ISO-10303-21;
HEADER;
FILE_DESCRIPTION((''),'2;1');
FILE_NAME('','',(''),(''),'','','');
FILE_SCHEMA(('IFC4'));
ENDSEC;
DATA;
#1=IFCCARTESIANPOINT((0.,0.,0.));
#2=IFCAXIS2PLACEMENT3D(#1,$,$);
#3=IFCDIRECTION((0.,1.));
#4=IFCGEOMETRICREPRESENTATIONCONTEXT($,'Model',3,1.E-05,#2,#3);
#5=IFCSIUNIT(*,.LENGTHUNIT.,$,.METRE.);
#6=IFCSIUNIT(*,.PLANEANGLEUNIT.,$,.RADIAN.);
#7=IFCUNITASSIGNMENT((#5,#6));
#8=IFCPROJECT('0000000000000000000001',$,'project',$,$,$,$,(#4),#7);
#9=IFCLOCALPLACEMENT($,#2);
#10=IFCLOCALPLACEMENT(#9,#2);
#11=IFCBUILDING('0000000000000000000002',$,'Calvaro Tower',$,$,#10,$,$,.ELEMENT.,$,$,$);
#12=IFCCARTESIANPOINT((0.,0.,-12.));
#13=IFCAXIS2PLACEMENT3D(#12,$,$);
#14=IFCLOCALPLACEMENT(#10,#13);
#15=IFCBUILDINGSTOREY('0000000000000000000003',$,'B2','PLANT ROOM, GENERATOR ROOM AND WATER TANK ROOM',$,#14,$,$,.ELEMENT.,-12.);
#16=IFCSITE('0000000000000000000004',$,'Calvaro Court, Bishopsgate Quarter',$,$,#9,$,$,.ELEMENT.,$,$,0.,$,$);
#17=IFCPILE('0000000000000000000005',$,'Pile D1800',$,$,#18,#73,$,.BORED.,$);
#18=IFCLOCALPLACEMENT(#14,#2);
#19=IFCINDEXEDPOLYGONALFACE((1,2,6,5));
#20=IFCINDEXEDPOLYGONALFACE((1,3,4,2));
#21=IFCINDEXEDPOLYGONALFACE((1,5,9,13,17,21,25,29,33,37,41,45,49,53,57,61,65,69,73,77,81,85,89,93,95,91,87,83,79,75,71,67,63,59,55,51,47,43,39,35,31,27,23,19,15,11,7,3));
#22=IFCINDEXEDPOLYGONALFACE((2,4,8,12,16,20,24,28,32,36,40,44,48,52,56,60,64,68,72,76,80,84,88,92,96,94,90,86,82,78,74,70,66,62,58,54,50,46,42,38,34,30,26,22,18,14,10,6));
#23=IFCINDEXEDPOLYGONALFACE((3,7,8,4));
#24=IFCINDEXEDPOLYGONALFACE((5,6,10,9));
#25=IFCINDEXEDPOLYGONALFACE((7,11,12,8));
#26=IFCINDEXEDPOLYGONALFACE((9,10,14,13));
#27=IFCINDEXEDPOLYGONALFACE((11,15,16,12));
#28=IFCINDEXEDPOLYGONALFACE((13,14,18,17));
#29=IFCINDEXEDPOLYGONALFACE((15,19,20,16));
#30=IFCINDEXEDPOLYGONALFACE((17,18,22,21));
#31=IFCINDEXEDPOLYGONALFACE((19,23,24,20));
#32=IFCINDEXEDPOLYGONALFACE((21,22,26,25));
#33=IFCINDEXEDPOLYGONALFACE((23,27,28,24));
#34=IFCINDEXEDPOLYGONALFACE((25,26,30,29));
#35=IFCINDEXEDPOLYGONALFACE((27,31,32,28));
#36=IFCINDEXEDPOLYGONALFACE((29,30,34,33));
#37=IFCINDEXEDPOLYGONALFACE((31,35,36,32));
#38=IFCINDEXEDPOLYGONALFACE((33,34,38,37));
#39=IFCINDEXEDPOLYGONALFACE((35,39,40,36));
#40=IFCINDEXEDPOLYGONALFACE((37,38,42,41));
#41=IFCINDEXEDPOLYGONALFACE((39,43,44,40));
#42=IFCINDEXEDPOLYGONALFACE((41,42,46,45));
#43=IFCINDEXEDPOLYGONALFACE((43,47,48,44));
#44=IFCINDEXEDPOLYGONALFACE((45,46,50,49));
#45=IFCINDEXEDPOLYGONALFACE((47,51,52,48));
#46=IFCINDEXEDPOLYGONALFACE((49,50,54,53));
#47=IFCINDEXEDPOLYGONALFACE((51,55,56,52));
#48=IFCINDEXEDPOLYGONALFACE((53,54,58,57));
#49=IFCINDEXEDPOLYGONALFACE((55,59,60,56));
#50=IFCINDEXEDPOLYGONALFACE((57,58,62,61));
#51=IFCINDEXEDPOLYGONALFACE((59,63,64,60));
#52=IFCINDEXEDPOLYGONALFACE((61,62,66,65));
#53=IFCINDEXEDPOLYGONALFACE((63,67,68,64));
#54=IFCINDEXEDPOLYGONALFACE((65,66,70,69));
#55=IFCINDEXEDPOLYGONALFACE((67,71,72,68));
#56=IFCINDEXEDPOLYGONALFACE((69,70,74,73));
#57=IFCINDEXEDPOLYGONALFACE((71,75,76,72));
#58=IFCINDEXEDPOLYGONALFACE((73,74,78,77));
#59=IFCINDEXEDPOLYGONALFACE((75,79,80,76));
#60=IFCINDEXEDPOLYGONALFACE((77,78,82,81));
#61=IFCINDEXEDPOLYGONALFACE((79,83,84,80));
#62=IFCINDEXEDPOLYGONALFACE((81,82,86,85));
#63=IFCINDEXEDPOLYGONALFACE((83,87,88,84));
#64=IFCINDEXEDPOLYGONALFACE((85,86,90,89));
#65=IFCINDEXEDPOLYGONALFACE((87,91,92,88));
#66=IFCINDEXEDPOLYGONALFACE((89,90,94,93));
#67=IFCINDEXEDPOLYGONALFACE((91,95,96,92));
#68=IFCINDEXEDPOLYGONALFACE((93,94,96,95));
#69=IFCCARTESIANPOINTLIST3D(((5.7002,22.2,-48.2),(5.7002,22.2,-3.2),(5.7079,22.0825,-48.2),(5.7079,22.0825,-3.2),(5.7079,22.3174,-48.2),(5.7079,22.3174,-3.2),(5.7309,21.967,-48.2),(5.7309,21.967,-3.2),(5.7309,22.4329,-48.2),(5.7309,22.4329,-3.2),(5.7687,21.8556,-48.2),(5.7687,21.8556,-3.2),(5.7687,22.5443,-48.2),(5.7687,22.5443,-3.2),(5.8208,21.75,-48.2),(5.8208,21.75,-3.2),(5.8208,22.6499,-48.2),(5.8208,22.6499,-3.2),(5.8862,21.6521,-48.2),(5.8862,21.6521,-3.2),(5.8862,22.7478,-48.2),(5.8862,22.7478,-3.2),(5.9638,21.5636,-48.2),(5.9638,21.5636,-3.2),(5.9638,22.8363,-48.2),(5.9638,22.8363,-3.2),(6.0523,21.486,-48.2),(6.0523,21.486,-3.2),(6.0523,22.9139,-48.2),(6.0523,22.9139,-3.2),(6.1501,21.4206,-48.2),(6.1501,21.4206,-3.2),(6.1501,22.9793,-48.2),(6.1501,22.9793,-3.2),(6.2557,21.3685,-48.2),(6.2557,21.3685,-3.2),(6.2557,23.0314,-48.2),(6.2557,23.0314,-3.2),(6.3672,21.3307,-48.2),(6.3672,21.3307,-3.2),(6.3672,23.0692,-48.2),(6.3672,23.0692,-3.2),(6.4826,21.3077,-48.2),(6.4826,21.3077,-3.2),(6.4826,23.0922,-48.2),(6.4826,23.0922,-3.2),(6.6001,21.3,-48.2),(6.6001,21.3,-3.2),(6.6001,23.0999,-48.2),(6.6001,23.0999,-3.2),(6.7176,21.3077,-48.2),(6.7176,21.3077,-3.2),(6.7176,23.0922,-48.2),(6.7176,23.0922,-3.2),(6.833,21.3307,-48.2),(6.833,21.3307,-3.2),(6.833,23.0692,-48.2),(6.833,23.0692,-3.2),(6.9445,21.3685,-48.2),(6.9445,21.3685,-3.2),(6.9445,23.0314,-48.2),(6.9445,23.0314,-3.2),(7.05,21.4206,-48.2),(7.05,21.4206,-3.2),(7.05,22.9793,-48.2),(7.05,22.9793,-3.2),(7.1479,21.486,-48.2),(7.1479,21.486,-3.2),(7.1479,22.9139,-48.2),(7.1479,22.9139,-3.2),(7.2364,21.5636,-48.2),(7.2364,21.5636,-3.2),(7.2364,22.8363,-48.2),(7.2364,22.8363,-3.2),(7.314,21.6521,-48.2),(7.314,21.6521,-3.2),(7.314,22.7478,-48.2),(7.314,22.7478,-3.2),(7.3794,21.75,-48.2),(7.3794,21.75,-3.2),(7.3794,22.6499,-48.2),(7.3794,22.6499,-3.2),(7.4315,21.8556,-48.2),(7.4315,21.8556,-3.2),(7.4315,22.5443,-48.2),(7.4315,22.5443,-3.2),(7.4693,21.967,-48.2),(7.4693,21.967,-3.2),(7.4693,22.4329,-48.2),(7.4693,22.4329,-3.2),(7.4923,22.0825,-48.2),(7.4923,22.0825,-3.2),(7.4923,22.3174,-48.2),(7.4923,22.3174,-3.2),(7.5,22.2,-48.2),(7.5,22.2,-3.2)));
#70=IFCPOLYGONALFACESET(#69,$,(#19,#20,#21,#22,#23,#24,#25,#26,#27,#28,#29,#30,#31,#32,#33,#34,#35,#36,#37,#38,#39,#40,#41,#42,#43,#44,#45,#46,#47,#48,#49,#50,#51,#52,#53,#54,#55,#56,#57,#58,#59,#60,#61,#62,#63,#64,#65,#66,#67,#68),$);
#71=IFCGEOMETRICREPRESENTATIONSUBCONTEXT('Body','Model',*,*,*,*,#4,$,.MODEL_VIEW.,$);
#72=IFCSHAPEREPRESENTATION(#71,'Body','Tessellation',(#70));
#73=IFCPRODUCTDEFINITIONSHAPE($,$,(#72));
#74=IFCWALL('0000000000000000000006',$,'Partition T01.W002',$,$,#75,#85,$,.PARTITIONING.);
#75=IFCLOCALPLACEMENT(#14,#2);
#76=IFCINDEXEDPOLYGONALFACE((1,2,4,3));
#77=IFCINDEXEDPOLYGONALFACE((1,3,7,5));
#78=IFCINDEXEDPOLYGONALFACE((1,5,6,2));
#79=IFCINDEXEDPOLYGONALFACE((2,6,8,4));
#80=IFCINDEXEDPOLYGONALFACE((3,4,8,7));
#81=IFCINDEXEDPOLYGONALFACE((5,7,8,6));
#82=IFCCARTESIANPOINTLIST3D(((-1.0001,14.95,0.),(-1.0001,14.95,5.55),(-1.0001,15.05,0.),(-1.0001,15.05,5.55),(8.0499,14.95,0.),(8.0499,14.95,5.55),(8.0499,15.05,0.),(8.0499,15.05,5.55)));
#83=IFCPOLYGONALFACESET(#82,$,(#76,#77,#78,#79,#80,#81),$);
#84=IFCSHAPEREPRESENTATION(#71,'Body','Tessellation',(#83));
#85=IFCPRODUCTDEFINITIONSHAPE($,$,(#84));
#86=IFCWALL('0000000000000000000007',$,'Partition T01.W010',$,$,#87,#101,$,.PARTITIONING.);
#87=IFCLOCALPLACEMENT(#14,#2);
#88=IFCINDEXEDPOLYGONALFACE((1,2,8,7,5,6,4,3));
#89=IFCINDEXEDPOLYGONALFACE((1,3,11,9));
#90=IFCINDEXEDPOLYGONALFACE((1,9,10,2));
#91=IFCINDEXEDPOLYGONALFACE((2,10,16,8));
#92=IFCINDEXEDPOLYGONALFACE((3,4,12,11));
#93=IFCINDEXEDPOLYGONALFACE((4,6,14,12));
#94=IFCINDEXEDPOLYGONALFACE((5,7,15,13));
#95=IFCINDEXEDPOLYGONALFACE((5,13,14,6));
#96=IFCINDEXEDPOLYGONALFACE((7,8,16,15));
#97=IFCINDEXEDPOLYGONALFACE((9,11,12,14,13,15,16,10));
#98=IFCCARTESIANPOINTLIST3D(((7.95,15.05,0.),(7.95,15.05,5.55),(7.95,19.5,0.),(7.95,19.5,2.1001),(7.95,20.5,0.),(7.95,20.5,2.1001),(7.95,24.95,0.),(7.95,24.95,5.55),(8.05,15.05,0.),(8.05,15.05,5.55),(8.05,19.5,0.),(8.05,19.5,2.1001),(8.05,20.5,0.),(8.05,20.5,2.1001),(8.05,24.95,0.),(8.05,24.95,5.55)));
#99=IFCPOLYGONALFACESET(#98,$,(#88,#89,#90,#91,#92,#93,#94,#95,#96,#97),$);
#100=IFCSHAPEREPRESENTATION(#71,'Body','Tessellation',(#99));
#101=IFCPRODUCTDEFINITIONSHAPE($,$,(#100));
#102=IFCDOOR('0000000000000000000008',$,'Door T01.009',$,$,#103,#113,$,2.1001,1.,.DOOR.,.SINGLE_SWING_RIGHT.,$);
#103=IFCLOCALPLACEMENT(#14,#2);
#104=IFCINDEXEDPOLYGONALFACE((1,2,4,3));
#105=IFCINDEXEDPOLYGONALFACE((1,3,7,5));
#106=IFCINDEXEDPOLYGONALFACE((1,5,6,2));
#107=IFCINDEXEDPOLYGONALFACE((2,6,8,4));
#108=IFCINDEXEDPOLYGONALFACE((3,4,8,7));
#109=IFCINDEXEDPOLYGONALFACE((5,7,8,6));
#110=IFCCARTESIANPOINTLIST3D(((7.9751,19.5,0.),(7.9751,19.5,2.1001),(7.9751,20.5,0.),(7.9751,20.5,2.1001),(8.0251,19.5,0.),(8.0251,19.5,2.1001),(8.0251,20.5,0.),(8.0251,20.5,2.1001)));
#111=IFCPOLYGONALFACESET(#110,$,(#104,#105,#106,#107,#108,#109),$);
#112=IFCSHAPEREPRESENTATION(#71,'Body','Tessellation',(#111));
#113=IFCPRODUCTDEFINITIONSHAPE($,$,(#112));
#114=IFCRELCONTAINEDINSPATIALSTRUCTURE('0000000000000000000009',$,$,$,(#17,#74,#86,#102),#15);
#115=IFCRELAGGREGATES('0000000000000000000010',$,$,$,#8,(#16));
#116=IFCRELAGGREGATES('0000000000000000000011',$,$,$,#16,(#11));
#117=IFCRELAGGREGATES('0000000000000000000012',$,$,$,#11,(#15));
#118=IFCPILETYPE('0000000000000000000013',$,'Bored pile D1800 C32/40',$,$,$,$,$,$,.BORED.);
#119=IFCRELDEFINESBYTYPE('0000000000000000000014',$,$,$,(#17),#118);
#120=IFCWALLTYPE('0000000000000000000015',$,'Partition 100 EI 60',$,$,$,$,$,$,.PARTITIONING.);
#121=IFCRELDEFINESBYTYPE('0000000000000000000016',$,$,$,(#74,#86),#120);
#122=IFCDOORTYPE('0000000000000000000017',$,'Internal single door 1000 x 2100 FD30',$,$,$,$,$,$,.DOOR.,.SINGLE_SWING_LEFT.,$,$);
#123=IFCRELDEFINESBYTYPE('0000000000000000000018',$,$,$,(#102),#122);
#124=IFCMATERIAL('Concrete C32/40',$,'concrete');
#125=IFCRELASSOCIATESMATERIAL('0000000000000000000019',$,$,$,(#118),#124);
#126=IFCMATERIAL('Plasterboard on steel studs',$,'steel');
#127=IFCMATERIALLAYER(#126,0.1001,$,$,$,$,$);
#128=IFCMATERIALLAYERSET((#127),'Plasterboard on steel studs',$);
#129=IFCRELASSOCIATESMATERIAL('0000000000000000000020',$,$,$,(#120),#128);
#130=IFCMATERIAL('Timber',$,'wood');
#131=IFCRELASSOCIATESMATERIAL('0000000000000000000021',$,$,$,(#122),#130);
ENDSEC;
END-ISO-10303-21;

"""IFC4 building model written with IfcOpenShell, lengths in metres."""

from ifc_helpers import new_model, si_unit, direction, frame, frame_2d, origin, origin_2d, place, context, subcontext, project, spatial, rectangle, circle, extrude, material, layer, layer_set, material_profile, profile_set, type_object, element, fill, save


model = new_model("IFC4")

# Units and contexts
model_context = context("Model", 3, precision=1e-05, world=origin(), true_north=direction((0.0, 1.0)))
body_context = subcontext(model_context, "Body", "Model", "MODEL_VIEW")
ifc_project = project(units=[si_unit("LENGTHUNIT", "METRE"), si_unit("PLANEANGLEUNIT", "RADIAN")], contexts=[model_context])

# Site, building, storey
site_placement = place(None, origin())
site = spatial("IfcSite", under=ifc_project, at=site_placement, Name="Calvaro Court, Bishopsgate Quarter", CompositionType="ELEMENT", RefElevation=0.0)
building_placement = place(site_placement, origin())
building = spatial("IfcBuilding", under=site, at=building_placement, Name="Calvaro Tower", CompositionType="ELEMENT")
storey_placement = place(building_placement, frame((0.0, 0.0, -12.0)))
storey = spatial("IfcBuildingStorey", under=building, at=storey_placement, Name="B2", Description="PLANT ROOM, GENERATOR ROOM AND WATER TANK ROOM", CompositionType="ELEMENT", Elevation=-12.0)

# Pile
ifc_material_1 = material(Name="Concrete C32/40", Category="concrete")
ifc_material_profile = material_profile(ifc_material_1, circle(Radius=0.8999, at=origin_2d()), Name="Bored pile D1800")
ifc_profile_set = profile_set([ifc_material_profile], Name="Concrete C32/40")
pile_type = type_object("IfcPileType", Name="Bored pile D1800 C32/40", PredefinedType="BORED", material=ifc_profile_set)
for number, where, z_axis, x_axis, name in (
    (1, (6.6001, 22.2, -3.2), (0.0, 0.0, -1.0), (1.0, 0.0, 0.0), "Pile D1800"),
):
    element("IfcPile", number, at=place(storey_placement, frame(where, z_axis=z_axis, x_axis=x_axis)), inside=storey, type_object=pile_type, Name=name, PredefinedType="BORED", context=body_context, shape_type="SweptSolid", body=[
        extrude(circle(Radius=0.8999, at=origin_2d()), origin(), (0.0, 0.0, 1.0), 45.0),
    ])

# Wall
ifc_material_2 = material(Name="Plasterboard on steel studs", Category="steel")
ifc_layer_1 = layer(ifc_material_2, 0.1001)
ifc_layer_set_1 = layer_set([ifc_layer_1], Name="Plasterboard on steel studs")
wall_type_1 = type_object("IfcWallType", Name="Partition 100 EI 60", PredefinedType="PARTITIONING", material=ifc_layer_set_1)
wall_1_placement = place(storey_placement, frame((-1.0, 15.0, 0.0), z_axis=(0.0, 0.0, 1.0), x_axis=(1.0, 0.0, 0.0)))
element("IfcWall", 2, at=wall_1_placement, inside=storey, type_object=wall_type_1, Name="Partition T01.W002", PredefinedType="PARTITIONING", context=body_context, shape_type="SweptSolid", body=[
    extrude(rectangle(XDim=9.05, YDim=0.1001, at=frame_2d((4.5249, 0.0))), origin(), (0.0, 0.0, 1.0), 5.55),
])

# Wall, opening, door
wall_2_placement = place(storey_placement, frame((8.0, 15.05, 0.0), z_axis=(0.0, 0.0, 1.0), x_axis=(0.0, 1.0, 0.0)))
wall_2 = element("IfcWall", 3, at=wall_2_placement, inside=storey, type_object=wall_type_1, Name="Partition T01.W010", PredefinedType="PARTITIONING", context=body_context, shape_type="SweptSolid", body=[
    extrude(rectangle(XDim=9.8999, YDim=0.1001, at=frame_2d((4.95, 0.0))), origin(), (0.0, 0.0, 1.0), 5.55),
])
opening_1_placement = place(wall_2_placement, frame((4.45, 0.0, 0.0)))
opening_1 = element("IfcOpeningElement", 4, at=opening_1_placement, cuts=wall_2, PredefinedType="OPENING", context=body_context, shape_type="SweptSolid", body=[
    extrude(rectangle(XDim=1.0, YDim=2.1001, at=frame_2d((0.5, 1.05))), frame((0.0, 0.0601, 0.0), z_axis=(0.0, -1.0, 0.0), x_axis=(1.0, 0.0, 0.0)), (0.0, 0.0, 1.0), 0.1201),
])
ifc_material_3 = material(Name="Timber", Category="wood")
door_type_1 = type_object("IfcDoorType", Name="Internal single door 1000 x 2100 FD30", OperationType="SINGLE_SWING_LEFT", PredefinedType="DOOR", material=ifc_material_3)
door_1_placement = place(opening_1_placement, origin())
door_1 = element("IfcDoor", 5, at=door_1_placement, inside=storey, type_object=door_type_1, Name="Door T01.009", OperationType="SINGLE_SWING_RIGHT", OverallHeight=2.1001, OverallWidth=1.0, PredefinedType="DOOR", context=body_context, shape_type="SweptSolid", body=[
    extrude(rectangle(XDim=1.0, YDim=2.1001, at=frame_2d((0.5, 1.05))), frame((0.0, 0.0249, 0.0), z_axis=(0.0, -1.0, 0.0), x_axis=(1.0, 0.0, 0.0)), (0.0, 0.0, 1.0), 0.05),
])
fill(opening_1, door_1)

save(model, "model.ifc")
